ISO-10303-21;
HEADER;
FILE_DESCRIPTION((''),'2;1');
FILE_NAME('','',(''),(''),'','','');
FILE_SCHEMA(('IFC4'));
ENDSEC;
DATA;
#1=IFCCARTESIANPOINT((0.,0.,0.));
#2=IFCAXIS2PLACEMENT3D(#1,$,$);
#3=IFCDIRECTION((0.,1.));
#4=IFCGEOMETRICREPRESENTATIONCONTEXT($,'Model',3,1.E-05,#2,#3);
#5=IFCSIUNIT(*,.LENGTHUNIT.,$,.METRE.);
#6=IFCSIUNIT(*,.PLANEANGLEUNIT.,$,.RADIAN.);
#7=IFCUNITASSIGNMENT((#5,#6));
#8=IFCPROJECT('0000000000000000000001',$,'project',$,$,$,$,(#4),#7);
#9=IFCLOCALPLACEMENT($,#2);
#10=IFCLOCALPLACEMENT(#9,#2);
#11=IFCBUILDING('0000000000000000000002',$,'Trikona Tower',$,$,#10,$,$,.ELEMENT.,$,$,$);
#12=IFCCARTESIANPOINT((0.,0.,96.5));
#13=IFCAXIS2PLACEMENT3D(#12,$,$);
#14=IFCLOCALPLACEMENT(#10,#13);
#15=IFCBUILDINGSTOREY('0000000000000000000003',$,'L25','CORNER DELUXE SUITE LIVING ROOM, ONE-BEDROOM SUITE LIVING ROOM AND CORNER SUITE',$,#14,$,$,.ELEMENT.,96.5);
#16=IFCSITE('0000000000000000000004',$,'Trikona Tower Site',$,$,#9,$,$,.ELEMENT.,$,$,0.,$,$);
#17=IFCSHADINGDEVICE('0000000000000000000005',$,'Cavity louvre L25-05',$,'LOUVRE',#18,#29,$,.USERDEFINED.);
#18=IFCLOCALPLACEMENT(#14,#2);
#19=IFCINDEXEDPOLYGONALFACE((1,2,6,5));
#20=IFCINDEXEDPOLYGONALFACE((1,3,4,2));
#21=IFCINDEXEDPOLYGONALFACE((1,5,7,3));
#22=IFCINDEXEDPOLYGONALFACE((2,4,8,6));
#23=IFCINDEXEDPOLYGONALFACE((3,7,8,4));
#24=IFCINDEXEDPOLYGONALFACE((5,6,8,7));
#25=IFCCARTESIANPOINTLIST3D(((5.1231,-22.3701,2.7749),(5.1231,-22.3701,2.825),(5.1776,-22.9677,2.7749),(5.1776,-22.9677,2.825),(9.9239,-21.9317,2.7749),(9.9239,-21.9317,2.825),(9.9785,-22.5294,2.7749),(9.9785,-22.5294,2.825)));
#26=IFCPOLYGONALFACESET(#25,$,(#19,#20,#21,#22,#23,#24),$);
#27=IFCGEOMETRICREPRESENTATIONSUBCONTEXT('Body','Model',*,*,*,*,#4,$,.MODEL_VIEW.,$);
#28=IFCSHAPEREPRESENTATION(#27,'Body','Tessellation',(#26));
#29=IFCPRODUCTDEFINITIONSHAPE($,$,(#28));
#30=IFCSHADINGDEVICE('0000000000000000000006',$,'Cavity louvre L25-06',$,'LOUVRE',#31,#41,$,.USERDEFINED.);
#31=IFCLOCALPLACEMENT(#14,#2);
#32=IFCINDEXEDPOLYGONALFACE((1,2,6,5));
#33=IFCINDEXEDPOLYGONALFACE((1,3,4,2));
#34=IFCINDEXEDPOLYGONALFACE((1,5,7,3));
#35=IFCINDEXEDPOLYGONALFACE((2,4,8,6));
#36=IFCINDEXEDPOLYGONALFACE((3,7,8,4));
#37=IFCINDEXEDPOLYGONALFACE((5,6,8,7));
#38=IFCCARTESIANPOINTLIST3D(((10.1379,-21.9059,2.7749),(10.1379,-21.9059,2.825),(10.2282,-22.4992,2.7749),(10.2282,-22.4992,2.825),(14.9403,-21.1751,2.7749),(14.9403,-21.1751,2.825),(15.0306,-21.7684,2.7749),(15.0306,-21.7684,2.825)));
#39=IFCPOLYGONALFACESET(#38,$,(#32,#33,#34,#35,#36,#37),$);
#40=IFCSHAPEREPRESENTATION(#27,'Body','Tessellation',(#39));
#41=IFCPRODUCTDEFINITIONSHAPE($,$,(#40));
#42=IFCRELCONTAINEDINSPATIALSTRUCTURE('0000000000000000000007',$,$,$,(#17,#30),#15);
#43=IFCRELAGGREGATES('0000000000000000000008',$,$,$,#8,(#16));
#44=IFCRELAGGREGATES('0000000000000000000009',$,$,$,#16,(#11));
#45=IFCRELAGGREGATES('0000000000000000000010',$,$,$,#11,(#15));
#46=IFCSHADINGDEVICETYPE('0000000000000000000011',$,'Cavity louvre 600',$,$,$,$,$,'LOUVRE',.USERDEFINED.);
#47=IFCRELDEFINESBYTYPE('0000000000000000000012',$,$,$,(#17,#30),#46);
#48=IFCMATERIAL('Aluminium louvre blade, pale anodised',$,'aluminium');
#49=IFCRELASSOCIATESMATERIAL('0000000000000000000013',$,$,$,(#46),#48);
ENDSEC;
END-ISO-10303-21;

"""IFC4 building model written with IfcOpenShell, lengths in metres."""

from ifc_helpers import new_model, si_unit, direction, frame, origin, origin_2d, place, context, subcontext, project, spatial, rectangle, extrude, material, type_object, element, save


model = new_model("IFC4")

# Units and contexts
model_context = context("Model", 3, precision=1e-05, world=origin(), true_north=direction((0.0, 1.0)))
body_context = subcontext(model_context, "Body", "Model", "MODEL_VIEW")
ifc_project = project(units=[si_unit("LENGTHUNIT", "METRE"), si_unit("PLANEANGLEUNIT", "RADIAN")], contexts=[model_context])

# Site, building, storey
site_placement = place(None, origin())
site = spatial("IfcSite", under=ifc_project, at=site_placement, Name="Trikona Tower Site", CompositionType="ELEMENT", RefElevation=0.0)
building_placement = place(site_placement, origin())
building = spatial("IfcBuilding", under=site, at=building_placement, Name="Trikona Tower", CompositionType="ELEMENT")
storey_placement = place(building_placement, frame((0.0, 0.0, 96.5)))
storey = spatial("IfcBuildingStorey", under=building, at=storey_placement, Name="L25", Description="CORNER DELUXE SUITE LIVING ROOM, ONE-BEDROOM SUITE LIVING ROOM AND CORNER SUITE", CompositionType="ELEMENT", Elevation=96.5)

# Shading devices
ifc_material_1 = material(Name="Aluminium louvre blade, pale anodised", Category="aluminium")
shading_device_type = type_object("IfcShadingDeviceType", Name="Cavity louvre 600", ElementType="LOUVRE", PredefinedType="USERDEFINED", material=ifc_material_1)
shading_device_1_placement = place(storey_placement, frame((7.5508, -22.4497, 2.7749), z_axis=(0.0, 0.0, 1.0), x_axis=(0.995858, 0.090921, 0.0)))
element("IfcShadingDevice", 1, at=shading_device_1_placement, inside=storey, type_object=shading_device_type, Name="Cavity louvre L25-05", ObjectType="LOUVRE", PredefinedType="USERDEFINED", context=body_context, shape_type="SweptSolid", body=[
    extrude(rectangle(XDim=4.8208, YDim=0.6001, at=origin_2d()), origin(), (0.0, 0.0, 1.0), 0.05),
])
shading_device_2_placement = place(storey_placement, frame((12.5842, -21.8372, 2.7749), z_axis=(0.0, 0.0, 1.0), x_axis=(0.988618, 0.150448, 0.0)))
element("IfcShadingDevice", 2, at=shading_device_2_placement, inside=storey, type_object=shading_device_type, Name="Cavity louvre L25-06", ObjectType="LOUVRE", PredefinedType="USERDEFINED", context=body_context, shape_type="SweptSolid", body=[
    extrude(rectangle(XDim=4.8577, YDim=0.6001, at=origin_2d()), origin(), (0.0, 0.0, 1.0), 0.05),
])

save(model, "model.ifc")
